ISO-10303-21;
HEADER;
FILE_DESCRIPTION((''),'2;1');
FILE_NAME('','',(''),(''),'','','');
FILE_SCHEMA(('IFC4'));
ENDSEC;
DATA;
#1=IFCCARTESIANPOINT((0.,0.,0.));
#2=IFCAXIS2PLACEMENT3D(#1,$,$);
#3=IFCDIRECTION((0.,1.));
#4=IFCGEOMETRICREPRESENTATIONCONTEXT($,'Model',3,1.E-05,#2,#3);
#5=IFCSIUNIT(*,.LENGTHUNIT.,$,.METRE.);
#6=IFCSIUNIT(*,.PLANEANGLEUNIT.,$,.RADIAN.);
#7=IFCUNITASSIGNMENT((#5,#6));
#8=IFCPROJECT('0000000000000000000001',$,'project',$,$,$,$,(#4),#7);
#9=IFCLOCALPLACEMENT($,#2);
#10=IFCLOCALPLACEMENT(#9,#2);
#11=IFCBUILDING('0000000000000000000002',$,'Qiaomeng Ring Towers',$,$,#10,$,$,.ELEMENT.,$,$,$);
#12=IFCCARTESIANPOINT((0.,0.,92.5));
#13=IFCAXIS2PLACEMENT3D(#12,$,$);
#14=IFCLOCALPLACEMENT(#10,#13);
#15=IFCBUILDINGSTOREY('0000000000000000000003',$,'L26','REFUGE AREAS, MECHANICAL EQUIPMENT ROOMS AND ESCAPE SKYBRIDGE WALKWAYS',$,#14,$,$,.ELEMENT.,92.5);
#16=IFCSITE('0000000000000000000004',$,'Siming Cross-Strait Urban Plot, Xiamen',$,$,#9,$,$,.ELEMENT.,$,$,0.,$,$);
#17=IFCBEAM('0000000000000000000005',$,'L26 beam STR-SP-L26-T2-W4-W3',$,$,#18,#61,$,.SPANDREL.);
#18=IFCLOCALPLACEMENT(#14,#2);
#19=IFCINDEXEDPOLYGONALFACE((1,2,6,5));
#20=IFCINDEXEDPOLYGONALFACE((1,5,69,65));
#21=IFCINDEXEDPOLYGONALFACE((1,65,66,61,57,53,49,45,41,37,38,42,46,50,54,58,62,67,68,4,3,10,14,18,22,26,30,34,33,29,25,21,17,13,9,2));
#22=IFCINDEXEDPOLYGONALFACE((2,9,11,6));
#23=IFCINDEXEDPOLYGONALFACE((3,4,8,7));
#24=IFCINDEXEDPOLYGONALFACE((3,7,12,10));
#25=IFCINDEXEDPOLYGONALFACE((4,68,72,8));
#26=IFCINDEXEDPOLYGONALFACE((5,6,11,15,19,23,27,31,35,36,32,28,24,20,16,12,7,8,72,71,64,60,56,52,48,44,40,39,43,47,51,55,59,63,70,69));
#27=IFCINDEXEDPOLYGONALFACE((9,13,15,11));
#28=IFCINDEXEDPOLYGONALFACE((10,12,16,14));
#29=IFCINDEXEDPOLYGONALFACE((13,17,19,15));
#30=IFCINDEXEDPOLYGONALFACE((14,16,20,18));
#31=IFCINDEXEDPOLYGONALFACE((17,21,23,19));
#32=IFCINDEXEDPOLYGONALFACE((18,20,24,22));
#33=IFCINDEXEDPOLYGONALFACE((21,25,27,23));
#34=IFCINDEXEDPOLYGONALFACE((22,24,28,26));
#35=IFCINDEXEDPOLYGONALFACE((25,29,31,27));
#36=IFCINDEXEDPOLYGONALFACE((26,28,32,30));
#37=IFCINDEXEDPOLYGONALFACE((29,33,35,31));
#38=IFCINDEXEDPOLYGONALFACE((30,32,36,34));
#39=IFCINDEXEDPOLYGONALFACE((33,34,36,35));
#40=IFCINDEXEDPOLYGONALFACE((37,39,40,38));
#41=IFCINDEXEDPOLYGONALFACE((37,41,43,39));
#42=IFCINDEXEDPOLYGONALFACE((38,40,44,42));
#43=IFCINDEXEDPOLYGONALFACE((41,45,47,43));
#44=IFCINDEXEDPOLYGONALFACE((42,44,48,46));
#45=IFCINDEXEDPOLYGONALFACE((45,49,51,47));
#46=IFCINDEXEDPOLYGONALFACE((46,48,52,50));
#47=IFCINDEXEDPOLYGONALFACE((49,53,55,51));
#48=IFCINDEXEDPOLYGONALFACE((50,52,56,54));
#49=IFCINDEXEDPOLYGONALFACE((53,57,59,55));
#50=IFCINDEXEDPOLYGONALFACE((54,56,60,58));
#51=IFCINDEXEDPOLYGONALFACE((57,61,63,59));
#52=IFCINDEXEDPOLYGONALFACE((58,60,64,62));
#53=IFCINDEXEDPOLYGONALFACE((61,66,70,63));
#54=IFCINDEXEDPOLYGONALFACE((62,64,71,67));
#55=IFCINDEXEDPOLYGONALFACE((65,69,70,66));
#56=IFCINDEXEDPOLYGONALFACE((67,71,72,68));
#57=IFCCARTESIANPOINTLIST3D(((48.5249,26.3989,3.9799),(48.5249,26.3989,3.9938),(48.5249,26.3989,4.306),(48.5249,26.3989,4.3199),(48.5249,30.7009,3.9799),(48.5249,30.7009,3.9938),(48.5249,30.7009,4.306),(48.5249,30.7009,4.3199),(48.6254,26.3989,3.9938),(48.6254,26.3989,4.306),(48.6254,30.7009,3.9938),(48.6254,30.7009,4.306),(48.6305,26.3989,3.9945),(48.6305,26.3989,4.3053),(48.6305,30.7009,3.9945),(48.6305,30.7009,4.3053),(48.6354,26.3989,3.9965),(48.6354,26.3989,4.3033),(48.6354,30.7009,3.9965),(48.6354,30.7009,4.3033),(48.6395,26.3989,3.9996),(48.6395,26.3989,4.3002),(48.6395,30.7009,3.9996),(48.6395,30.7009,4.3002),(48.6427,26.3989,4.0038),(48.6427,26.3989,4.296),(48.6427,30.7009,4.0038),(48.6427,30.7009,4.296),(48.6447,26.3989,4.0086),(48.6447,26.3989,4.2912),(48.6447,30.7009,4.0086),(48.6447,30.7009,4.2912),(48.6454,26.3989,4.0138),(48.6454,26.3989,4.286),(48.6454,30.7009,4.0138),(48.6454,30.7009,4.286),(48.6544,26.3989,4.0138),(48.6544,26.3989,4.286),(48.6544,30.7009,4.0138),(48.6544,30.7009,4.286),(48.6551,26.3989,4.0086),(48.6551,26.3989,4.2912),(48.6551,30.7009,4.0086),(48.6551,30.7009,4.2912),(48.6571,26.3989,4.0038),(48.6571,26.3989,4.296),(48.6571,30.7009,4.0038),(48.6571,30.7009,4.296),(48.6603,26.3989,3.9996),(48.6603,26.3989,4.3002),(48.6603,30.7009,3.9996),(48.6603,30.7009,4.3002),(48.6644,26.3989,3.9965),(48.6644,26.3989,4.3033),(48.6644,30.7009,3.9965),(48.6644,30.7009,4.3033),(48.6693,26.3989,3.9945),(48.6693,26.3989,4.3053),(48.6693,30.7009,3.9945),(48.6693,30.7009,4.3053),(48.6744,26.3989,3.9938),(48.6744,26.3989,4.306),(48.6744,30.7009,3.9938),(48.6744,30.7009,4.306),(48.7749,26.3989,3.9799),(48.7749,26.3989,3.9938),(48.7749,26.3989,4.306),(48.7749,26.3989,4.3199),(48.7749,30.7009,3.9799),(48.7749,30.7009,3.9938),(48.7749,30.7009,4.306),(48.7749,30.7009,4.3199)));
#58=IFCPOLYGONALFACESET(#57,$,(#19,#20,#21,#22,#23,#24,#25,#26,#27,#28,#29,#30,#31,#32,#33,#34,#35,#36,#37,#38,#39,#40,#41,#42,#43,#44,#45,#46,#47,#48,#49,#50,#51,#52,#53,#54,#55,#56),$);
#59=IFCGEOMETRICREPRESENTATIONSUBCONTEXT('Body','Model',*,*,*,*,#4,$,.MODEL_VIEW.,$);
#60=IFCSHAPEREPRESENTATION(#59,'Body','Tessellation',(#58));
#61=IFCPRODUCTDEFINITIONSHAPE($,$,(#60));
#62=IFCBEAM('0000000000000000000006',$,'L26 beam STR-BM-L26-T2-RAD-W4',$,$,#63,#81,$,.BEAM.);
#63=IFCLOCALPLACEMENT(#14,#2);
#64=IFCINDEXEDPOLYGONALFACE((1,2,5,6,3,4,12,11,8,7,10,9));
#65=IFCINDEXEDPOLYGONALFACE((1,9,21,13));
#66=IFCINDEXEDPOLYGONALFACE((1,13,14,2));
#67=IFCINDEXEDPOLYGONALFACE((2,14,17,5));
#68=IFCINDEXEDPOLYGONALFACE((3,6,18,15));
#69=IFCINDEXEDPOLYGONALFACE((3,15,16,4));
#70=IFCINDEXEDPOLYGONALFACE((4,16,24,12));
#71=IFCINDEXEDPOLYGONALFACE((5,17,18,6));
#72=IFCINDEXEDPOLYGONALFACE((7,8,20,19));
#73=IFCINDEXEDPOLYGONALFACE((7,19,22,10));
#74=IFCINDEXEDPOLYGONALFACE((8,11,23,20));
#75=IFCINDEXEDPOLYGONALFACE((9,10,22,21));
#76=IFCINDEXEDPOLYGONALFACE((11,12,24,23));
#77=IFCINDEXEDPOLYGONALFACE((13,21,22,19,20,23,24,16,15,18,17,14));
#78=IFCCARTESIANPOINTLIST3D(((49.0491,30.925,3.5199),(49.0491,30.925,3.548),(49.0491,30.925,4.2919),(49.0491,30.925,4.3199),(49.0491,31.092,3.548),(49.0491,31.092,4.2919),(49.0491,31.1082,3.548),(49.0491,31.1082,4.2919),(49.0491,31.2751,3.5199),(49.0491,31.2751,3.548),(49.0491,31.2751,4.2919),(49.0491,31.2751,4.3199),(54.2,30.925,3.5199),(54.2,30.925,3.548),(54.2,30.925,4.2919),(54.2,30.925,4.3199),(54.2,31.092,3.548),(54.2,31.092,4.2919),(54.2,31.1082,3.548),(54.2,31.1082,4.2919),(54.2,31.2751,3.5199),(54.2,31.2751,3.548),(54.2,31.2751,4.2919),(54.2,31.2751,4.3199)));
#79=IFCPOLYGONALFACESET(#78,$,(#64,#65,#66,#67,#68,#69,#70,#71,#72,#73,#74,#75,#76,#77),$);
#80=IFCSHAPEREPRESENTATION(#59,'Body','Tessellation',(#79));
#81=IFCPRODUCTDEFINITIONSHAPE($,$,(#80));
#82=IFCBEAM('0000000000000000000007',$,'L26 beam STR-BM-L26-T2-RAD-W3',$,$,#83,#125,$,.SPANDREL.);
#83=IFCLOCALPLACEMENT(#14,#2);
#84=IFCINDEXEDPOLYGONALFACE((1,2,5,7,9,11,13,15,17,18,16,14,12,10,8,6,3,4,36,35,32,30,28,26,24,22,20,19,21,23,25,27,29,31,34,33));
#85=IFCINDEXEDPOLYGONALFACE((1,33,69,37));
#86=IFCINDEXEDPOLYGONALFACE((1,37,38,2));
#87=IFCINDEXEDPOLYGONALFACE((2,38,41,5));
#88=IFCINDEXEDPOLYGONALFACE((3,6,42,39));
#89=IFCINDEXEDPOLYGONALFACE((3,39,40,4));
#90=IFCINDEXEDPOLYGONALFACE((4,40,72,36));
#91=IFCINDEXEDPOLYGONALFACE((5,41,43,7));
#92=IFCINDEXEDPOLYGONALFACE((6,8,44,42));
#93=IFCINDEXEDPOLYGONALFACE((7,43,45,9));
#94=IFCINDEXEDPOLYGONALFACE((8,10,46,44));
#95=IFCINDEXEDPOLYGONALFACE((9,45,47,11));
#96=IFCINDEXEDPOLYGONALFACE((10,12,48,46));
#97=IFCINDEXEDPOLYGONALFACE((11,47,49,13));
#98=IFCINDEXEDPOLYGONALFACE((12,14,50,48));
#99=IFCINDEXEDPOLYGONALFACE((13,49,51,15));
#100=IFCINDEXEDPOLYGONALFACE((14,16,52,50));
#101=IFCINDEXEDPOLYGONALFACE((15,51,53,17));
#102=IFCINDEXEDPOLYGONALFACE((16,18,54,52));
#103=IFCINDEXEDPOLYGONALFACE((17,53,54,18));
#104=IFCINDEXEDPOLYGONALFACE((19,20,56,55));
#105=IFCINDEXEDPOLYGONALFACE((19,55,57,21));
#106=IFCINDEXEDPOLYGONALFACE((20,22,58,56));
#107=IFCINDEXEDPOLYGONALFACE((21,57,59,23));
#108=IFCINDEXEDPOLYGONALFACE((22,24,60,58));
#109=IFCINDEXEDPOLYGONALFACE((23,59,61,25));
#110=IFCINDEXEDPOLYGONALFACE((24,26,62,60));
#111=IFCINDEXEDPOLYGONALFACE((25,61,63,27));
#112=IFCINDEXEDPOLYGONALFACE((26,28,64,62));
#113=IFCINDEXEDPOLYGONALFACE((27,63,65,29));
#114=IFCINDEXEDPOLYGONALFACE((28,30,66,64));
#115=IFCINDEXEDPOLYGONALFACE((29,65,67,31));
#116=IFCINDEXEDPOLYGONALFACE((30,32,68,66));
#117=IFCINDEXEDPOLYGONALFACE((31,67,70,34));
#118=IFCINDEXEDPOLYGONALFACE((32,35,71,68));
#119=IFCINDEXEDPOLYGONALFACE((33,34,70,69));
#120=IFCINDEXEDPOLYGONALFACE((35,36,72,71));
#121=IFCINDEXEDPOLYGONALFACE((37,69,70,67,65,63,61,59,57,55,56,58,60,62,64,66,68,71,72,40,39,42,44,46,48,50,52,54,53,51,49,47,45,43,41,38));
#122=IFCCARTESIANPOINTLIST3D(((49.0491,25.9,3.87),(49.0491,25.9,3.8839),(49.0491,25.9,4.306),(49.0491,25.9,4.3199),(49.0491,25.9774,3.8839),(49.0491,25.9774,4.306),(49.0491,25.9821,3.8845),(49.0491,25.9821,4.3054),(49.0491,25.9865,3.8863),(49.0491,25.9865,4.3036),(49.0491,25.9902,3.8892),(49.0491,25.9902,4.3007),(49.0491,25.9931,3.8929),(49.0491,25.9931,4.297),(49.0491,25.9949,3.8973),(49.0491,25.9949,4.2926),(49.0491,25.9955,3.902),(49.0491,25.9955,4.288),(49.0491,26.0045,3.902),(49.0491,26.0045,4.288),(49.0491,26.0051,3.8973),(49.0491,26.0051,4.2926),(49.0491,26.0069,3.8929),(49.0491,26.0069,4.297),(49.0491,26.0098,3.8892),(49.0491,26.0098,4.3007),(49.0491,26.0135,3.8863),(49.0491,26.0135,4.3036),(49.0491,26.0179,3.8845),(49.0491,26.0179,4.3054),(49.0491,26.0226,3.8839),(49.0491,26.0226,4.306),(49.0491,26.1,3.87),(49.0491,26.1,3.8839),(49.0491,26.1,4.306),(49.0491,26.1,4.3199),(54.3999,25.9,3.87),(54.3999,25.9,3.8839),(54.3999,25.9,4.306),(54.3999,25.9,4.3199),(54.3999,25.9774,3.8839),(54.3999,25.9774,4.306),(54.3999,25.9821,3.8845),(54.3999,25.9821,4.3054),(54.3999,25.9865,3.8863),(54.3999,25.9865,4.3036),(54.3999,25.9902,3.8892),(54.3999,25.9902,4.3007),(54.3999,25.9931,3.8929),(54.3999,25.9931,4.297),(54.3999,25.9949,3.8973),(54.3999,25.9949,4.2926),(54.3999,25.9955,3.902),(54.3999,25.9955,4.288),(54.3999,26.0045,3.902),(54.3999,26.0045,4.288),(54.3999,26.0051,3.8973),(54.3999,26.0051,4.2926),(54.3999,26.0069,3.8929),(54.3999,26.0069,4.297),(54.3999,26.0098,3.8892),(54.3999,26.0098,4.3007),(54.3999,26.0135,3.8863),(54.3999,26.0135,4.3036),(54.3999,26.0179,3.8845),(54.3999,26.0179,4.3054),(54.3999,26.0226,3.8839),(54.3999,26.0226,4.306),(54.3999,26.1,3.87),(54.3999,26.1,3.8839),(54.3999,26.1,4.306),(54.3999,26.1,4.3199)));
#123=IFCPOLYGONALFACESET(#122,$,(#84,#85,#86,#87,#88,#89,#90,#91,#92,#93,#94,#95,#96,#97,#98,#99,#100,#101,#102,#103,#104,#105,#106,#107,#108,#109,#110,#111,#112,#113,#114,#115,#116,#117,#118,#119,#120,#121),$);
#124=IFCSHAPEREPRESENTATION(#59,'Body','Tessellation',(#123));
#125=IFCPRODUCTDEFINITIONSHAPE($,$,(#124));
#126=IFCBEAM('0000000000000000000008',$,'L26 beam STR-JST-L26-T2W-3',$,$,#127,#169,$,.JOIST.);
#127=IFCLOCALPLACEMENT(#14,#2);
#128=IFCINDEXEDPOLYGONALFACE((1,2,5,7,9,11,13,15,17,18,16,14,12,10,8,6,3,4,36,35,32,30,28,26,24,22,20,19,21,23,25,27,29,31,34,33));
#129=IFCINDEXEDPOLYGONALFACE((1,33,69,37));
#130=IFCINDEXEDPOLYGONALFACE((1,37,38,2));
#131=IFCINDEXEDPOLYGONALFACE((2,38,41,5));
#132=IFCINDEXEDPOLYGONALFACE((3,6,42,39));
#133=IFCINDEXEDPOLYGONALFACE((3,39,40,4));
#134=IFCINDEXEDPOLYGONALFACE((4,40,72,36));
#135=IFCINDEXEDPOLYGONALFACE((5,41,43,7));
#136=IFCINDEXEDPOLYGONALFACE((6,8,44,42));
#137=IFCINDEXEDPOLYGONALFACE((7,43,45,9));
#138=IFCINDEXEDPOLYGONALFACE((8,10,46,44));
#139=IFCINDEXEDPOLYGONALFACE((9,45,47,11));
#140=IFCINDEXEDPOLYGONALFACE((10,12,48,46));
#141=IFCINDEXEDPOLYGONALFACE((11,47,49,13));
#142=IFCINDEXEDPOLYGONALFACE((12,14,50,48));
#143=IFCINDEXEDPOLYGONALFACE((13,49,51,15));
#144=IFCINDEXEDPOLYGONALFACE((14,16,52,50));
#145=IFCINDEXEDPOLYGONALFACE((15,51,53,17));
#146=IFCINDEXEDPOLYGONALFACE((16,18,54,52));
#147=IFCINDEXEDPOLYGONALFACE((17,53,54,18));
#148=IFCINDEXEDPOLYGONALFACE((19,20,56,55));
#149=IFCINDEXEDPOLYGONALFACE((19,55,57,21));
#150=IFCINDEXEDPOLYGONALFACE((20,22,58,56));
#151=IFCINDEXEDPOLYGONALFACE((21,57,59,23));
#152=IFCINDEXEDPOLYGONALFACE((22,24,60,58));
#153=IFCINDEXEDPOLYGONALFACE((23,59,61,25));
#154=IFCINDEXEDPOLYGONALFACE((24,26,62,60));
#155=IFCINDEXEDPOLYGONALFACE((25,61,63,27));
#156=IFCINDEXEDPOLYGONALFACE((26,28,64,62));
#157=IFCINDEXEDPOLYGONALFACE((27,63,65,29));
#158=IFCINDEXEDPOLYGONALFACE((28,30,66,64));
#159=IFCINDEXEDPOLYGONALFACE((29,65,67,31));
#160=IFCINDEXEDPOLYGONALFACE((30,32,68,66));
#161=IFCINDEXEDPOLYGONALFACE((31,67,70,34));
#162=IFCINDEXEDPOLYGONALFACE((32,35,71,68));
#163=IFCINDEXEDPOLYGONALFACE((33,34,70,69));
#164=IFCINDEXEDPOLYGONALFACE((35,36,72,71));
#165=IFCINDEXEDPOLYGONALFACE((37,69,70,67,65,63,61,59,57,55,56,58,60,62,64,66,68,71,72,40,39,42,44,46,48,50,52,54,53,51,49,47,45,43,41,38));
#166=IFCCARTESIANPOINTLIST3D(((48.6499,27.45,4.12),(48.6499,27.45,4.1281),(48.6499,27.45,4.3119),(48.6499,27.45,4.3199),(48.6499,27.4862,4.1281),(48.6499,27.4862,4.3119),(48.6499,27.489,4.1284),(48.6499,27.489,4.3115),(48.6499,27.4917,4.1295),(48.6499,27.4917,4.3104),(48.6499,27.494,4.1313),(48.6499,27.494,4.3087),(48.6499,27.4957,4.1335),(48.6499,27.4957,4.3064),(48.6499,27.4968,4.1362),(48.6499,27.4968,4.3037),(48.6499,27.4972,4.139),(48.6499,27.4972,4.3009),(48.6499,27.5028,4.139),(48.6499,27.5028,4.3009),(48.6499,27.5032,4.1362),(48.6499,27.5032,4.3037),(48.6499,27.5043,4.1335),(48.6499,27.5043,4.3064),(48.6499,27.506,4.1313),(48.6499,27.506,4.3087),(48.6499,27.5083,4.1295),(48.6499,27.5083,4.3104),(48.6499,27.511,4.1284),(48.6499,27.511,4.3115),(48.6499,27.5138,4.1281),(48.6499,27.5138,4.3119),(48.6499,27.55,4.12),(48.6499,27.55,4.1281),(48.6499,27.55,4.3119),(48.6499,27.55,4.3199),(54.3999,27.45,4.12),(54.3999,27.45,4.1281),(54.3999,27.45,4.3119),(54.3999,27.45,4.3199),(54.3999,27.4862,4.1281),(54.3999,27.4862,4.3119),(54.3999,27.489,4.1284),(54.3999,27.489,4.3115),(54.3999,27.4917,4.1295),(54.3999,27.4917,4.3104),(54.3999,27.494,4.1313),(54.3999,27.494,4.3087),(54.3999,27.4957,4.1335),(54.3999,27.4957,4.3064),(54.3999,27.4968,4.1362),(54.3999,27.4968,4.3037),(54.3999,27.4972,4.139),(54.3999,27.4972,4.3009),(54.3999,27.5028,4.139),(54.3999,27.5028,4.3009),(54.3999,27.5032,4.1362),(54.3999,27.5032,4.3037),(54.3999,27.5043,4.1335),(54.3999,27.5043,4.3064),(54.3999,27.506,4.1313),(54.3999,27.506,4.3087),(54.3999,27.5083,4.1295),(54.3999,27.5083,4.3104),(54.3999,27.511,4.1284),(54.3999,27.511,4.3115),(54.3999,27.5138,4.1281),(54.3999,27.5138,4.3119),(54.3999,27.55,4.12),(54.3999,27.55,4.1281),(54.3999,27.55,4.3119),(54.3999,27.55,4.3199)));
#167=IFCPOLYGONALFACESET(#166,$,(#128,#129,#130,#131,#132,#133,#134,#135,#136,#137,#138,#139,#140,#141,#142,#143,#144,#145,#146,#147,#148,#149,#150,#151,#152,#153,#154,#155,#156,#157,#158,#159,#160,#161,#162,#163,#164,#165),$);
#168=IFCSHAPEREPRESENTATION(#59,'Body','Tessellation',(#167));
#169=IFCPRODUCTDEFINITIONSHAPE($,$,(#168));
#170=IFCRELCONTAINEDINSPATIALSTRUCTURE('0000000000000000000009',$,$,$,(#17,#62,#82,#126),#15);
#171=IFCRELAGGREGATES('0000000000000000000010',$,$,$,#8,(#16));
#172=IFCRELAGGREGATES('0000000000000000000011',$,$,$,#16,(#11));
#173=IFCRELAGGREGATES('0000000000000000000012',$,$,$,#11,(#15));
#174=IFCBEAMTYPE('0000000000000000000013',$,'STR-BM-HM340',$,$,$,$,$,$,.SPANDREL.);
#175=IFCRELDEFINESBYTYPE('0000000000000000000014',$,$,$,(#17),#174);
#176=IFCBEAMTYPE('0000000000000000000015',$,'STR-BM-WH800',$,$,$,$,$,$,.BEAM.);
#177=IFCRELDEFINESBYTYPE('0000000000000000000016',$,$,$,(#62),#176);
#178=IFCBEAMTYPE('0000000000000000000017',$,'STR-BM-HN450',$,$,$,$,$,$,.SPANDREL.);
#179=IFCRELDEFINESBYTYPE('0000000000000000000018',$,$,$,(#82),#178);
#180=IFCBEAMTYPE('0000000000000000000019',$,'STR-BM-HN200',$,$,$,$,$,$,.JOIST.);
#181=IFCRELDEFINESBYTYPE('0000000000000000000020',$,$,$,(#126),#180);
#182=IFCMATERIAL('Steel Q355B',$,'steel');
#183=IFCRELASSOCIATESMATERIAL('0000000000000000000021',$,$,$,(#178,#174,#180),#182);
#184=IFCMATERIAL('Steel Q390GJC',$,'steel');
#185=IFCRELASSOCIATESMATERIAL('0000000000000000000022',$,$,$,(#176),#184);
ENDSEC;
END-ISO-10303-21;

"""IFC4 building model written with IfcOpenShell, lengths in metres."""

from ifc_helpers import new_model, si_unit, direction, frame, origin, origin_2d, place, context, subcontext, project, spatial, i_section, extrude, source, transform, mapped, material, material_profile, profile_set, type_object, element, save


model = new_model("IFC4")

# Units and contexts
model_context = context("Model", 3, precision=1e-05, world=origin(), true_north=direction((0.0, 1.0)))
body_context = subcontext(model_context, "Body", "Model", "MODEL_VIEW")
ifc_project = project(units=[si_unit("LENGTHUNIT", "METRE"), si_unit("PLANEANGLEUNIT", "RADIAN")], contexts=[model_context])

# Site, building, storey
site_placement = place(None, origin())
site = spatial("IfcSite", under=ifc_project, at=site_placement, Name="Siming Cross-Strait Urban Plot, Xiamen", CompositionType="ELEMENT", RefElevation=0.0)
building_placement = place(site_placement, origin())
building = spatial("IfcBuilding", under=site, at=building_placement, Name="Qiaomeng Ring Towers", CompositionType="ELEMENT")
storey_placement = place(building_placement, frame((0.0, 0.0, 92.5)))
storey = spatial("IfcBuildingStorey", under=building, at=storey_placement, Name="L26", Description="REFUGE AREAS, MECHANICAL EQUIPMENT ROOMS AND ESCAPE SKYBRIDGE WALKWAYS", CompositionType="ELEMENT", Elevation=92.5)

# Shared definitions
ifc_material_1 = material(Name="Steel Q355B", Category="steel")
ifc_material_profile_1 = material_profile(ifc_material_1, i_section(OverallWidth=0.2, OverallDepth=0.45, WebThickness=0.009, FlangeThickness=0.0139, FilletRadius=0.0181, at=origin_2d()), Name="HN 450x200x9x14")
ifc_profile_set_1 = profile_set([ifc_material_profile_1], Name="Steel Q355B")
beam_type_1 = type_object("IfcBeamType", Name="STR-BM-HN450", PredefinedType="SPANDREL", material=ifc_profile_set_1)

# Shared definitions
ifc_material_2 = material(Name="Steel Q390GJC", Category="steel")

# Beams
ifc_material_profile_2 = material_profile(ifc_material_1, i_section(OverallWidth=0.25, OverallDepth=0.3401, WebThickness=0.009, FlangeThickness=0.0139, FilletRadius=0.02, at=origin_2d()), Name="HM 340x250x9x14")
ifc_profile_set_2 = profile_set([ifc_material_profile_2], Name="Steel Q355B")
beam_type_2 = type_object("IfcBeamType", Name="STR-BM-HM340", PredefinedType="SPANDREL", material=ifc_profile_set_2)
shared_shape_1 = source(origin(), body_context, "Body", "SweptSolid", [
    extrude(i_section(OverallWidth=0.25, OverallDepth=0.3401, WebThickness=0.009, FlangeThickness=0.0139, FilletRadius=0.02, at=origin_2d()), origin(), (0.0, 0.0, 1.0), 4.302),
])
beam_1_placement = place(storey_placement, frame((48.6499, 30.7009, 4.1499), z_axis=(0.0, -1.0, 0.0), x_axis=(1.0, 0.0, 0.0)))
element("IfcBeam", 1, at=beam_1_placement, inside=storey, type_object=beam_type_2, Name="L26 beam STR-SP-L26-T2-W4-W3", PredefinedType="SPANDREL", context=body_context, shape_type="MappedRepresentation", body=[
    mapped(shared_shape_1, transform((0.0, 0.0, 0.0), x_axis=(1.0, 0.0, 0.0), y_axis=(0.0, 1.0, 0.0), z_axis=(0.0, 0.0, 1.0), scale=1.0)),
])
ifc_material_profile_3 = material_profile(ifc_material_2, i_section(OverallWidth=0.3501, OverallDepth=0.8, WebThickness=0.0161, FlangeThickness=0.0281, at=origin_2d()), Name="WH 800x350x16x28")
ifc_profile_set_3 = profile_set([ifc_material_profile_3], Name="Steel Q390GJC")
beam_type_3 = type_object("IfcBeamType", Name="STR-BM-WH800", PredefinedType="BEAM", material=ifc_profile_set_3)
shared_shape_2 = source(origin(), body_context, "Body", "SweptSolid", [
    extrude(i_section(OverallWidth=0.3501, OverallDepth=0.8, WebThickness=0.0161, FlangeThickness=0.0281, at=origin_2d()), origin(), (0.0, 0.0, 1.0), 5.1509),
])
beam_2_placement = place(storey_placement, frame((49.0491, 31.1001, 3.9199), z_axis=(1.0, 0.0, 0.0), x_axis=(0.0, 1.0, 0.0)))
element("IfcBeam", 2, at=beam_2_placement, inside=storey, type_object=beam_type_3, Name="L26 beam STR-BM-L26-T2-RAD-W4", PredefinedType="BEAM", context=body_context, shape_type="MappedRepresentation", body=[
    mapped(shared_shape_2, transform((0.0, 0.0, 0.0), x_axis=(1.0, 0.0, 0.0), y_axis=(0.0, 1.0, 0.0), z_axis=(0.0, 0.0, 1.0), scale=1.0)),
])
shared_shape_3 = source(origin(), body_context, "Body", "SweptSolid", [
    extrude(i_section(OverallWidth=0.2, OverallDepth=0.45, WebThickness=0.009, FlangeThickness=0.0139, FilletRadius=0.0181, at=origin_2d()), origin(), (0.0, 0.0, 1.0), 5.3508),
])
beam_3_placement = place(storey_placement, frame((49.0491, 26.0, 4.095), z_axis=(1.0, 0.0, 0.0), x_axis=(0.0, 1.0, 0.0)))
element("IfcBeam", 3, at=beam_3_placement, inside=storey, type_object=beam_type_1, Name="L26 beam STR-BM-L26-T2-RAD-W3", PredefinedType="SPANDREL", context=body_context, shape_type="MappedRepresentation", body=[
    mapped(shared_shape_3, transform((0.0, 0.0, 0.0), x_axis=(1.0, 0.0, 0.0), y_axis=(0.0, 1.0, 0.0), z_axis=(0.0, 0.0, 1.0), scale=1.0)),
])
ifc_material_profile_4 = material_profile(ifc_material_1, i_section(OverallWidth=0.1001, OverallDepth=0.2, WebThickness=0.0056, FlangeThickness=0.0081, FilletRadius=0.011, at=origin_2d()), Name="HN 200x100x5.5x8")
ifc_profile_set_4 = profile_set([ifc_material_profile_4], Name="Steel Q355B")
beam_type_4 = type_object("IfcBeamType", Name="STR-BM-HN200", PredefinedType="JOIST", material=ifc_profile_set_4)
shared_shape_4 = source(origin(), body_context, "Body", "SweptSolid", [
    extrude(i_section(OverallWidth=0.1001, OverallDepth=0.2, WebThickness=0.0056, FlangeThickness=0.0081, FilletRadius=0.011, at=origin_2d()), origin(), (0.0, 0.0, 1.0), 5.75),
])
beam_4_placement = place(storey_placement, frame((48.6499, 27.5, 4.22), z_axis=(1.0, 0.0, 0.0), x_axis=(0.0, 1.0, 0.0)))
element("IfcBeam", 4, at=beam_4_placement, inside=storey, type_object=beam_type_4, Name="L26 beam STR-JST-L26-T2W-3", PredefinedType="JOIST", context=body_context, shape_type="MappedRepresentation", body=[
    mapped(shared_shape_4, transform((0.0, 0.0, 0.0), x_axis=(1.0, 0.0, 0.0), y_axis=(0.0, 1.0, 0.0), z_axis=(0.0, 0.0, 1.0), scale=1.0)),
])

save(model, "model.ifc")
